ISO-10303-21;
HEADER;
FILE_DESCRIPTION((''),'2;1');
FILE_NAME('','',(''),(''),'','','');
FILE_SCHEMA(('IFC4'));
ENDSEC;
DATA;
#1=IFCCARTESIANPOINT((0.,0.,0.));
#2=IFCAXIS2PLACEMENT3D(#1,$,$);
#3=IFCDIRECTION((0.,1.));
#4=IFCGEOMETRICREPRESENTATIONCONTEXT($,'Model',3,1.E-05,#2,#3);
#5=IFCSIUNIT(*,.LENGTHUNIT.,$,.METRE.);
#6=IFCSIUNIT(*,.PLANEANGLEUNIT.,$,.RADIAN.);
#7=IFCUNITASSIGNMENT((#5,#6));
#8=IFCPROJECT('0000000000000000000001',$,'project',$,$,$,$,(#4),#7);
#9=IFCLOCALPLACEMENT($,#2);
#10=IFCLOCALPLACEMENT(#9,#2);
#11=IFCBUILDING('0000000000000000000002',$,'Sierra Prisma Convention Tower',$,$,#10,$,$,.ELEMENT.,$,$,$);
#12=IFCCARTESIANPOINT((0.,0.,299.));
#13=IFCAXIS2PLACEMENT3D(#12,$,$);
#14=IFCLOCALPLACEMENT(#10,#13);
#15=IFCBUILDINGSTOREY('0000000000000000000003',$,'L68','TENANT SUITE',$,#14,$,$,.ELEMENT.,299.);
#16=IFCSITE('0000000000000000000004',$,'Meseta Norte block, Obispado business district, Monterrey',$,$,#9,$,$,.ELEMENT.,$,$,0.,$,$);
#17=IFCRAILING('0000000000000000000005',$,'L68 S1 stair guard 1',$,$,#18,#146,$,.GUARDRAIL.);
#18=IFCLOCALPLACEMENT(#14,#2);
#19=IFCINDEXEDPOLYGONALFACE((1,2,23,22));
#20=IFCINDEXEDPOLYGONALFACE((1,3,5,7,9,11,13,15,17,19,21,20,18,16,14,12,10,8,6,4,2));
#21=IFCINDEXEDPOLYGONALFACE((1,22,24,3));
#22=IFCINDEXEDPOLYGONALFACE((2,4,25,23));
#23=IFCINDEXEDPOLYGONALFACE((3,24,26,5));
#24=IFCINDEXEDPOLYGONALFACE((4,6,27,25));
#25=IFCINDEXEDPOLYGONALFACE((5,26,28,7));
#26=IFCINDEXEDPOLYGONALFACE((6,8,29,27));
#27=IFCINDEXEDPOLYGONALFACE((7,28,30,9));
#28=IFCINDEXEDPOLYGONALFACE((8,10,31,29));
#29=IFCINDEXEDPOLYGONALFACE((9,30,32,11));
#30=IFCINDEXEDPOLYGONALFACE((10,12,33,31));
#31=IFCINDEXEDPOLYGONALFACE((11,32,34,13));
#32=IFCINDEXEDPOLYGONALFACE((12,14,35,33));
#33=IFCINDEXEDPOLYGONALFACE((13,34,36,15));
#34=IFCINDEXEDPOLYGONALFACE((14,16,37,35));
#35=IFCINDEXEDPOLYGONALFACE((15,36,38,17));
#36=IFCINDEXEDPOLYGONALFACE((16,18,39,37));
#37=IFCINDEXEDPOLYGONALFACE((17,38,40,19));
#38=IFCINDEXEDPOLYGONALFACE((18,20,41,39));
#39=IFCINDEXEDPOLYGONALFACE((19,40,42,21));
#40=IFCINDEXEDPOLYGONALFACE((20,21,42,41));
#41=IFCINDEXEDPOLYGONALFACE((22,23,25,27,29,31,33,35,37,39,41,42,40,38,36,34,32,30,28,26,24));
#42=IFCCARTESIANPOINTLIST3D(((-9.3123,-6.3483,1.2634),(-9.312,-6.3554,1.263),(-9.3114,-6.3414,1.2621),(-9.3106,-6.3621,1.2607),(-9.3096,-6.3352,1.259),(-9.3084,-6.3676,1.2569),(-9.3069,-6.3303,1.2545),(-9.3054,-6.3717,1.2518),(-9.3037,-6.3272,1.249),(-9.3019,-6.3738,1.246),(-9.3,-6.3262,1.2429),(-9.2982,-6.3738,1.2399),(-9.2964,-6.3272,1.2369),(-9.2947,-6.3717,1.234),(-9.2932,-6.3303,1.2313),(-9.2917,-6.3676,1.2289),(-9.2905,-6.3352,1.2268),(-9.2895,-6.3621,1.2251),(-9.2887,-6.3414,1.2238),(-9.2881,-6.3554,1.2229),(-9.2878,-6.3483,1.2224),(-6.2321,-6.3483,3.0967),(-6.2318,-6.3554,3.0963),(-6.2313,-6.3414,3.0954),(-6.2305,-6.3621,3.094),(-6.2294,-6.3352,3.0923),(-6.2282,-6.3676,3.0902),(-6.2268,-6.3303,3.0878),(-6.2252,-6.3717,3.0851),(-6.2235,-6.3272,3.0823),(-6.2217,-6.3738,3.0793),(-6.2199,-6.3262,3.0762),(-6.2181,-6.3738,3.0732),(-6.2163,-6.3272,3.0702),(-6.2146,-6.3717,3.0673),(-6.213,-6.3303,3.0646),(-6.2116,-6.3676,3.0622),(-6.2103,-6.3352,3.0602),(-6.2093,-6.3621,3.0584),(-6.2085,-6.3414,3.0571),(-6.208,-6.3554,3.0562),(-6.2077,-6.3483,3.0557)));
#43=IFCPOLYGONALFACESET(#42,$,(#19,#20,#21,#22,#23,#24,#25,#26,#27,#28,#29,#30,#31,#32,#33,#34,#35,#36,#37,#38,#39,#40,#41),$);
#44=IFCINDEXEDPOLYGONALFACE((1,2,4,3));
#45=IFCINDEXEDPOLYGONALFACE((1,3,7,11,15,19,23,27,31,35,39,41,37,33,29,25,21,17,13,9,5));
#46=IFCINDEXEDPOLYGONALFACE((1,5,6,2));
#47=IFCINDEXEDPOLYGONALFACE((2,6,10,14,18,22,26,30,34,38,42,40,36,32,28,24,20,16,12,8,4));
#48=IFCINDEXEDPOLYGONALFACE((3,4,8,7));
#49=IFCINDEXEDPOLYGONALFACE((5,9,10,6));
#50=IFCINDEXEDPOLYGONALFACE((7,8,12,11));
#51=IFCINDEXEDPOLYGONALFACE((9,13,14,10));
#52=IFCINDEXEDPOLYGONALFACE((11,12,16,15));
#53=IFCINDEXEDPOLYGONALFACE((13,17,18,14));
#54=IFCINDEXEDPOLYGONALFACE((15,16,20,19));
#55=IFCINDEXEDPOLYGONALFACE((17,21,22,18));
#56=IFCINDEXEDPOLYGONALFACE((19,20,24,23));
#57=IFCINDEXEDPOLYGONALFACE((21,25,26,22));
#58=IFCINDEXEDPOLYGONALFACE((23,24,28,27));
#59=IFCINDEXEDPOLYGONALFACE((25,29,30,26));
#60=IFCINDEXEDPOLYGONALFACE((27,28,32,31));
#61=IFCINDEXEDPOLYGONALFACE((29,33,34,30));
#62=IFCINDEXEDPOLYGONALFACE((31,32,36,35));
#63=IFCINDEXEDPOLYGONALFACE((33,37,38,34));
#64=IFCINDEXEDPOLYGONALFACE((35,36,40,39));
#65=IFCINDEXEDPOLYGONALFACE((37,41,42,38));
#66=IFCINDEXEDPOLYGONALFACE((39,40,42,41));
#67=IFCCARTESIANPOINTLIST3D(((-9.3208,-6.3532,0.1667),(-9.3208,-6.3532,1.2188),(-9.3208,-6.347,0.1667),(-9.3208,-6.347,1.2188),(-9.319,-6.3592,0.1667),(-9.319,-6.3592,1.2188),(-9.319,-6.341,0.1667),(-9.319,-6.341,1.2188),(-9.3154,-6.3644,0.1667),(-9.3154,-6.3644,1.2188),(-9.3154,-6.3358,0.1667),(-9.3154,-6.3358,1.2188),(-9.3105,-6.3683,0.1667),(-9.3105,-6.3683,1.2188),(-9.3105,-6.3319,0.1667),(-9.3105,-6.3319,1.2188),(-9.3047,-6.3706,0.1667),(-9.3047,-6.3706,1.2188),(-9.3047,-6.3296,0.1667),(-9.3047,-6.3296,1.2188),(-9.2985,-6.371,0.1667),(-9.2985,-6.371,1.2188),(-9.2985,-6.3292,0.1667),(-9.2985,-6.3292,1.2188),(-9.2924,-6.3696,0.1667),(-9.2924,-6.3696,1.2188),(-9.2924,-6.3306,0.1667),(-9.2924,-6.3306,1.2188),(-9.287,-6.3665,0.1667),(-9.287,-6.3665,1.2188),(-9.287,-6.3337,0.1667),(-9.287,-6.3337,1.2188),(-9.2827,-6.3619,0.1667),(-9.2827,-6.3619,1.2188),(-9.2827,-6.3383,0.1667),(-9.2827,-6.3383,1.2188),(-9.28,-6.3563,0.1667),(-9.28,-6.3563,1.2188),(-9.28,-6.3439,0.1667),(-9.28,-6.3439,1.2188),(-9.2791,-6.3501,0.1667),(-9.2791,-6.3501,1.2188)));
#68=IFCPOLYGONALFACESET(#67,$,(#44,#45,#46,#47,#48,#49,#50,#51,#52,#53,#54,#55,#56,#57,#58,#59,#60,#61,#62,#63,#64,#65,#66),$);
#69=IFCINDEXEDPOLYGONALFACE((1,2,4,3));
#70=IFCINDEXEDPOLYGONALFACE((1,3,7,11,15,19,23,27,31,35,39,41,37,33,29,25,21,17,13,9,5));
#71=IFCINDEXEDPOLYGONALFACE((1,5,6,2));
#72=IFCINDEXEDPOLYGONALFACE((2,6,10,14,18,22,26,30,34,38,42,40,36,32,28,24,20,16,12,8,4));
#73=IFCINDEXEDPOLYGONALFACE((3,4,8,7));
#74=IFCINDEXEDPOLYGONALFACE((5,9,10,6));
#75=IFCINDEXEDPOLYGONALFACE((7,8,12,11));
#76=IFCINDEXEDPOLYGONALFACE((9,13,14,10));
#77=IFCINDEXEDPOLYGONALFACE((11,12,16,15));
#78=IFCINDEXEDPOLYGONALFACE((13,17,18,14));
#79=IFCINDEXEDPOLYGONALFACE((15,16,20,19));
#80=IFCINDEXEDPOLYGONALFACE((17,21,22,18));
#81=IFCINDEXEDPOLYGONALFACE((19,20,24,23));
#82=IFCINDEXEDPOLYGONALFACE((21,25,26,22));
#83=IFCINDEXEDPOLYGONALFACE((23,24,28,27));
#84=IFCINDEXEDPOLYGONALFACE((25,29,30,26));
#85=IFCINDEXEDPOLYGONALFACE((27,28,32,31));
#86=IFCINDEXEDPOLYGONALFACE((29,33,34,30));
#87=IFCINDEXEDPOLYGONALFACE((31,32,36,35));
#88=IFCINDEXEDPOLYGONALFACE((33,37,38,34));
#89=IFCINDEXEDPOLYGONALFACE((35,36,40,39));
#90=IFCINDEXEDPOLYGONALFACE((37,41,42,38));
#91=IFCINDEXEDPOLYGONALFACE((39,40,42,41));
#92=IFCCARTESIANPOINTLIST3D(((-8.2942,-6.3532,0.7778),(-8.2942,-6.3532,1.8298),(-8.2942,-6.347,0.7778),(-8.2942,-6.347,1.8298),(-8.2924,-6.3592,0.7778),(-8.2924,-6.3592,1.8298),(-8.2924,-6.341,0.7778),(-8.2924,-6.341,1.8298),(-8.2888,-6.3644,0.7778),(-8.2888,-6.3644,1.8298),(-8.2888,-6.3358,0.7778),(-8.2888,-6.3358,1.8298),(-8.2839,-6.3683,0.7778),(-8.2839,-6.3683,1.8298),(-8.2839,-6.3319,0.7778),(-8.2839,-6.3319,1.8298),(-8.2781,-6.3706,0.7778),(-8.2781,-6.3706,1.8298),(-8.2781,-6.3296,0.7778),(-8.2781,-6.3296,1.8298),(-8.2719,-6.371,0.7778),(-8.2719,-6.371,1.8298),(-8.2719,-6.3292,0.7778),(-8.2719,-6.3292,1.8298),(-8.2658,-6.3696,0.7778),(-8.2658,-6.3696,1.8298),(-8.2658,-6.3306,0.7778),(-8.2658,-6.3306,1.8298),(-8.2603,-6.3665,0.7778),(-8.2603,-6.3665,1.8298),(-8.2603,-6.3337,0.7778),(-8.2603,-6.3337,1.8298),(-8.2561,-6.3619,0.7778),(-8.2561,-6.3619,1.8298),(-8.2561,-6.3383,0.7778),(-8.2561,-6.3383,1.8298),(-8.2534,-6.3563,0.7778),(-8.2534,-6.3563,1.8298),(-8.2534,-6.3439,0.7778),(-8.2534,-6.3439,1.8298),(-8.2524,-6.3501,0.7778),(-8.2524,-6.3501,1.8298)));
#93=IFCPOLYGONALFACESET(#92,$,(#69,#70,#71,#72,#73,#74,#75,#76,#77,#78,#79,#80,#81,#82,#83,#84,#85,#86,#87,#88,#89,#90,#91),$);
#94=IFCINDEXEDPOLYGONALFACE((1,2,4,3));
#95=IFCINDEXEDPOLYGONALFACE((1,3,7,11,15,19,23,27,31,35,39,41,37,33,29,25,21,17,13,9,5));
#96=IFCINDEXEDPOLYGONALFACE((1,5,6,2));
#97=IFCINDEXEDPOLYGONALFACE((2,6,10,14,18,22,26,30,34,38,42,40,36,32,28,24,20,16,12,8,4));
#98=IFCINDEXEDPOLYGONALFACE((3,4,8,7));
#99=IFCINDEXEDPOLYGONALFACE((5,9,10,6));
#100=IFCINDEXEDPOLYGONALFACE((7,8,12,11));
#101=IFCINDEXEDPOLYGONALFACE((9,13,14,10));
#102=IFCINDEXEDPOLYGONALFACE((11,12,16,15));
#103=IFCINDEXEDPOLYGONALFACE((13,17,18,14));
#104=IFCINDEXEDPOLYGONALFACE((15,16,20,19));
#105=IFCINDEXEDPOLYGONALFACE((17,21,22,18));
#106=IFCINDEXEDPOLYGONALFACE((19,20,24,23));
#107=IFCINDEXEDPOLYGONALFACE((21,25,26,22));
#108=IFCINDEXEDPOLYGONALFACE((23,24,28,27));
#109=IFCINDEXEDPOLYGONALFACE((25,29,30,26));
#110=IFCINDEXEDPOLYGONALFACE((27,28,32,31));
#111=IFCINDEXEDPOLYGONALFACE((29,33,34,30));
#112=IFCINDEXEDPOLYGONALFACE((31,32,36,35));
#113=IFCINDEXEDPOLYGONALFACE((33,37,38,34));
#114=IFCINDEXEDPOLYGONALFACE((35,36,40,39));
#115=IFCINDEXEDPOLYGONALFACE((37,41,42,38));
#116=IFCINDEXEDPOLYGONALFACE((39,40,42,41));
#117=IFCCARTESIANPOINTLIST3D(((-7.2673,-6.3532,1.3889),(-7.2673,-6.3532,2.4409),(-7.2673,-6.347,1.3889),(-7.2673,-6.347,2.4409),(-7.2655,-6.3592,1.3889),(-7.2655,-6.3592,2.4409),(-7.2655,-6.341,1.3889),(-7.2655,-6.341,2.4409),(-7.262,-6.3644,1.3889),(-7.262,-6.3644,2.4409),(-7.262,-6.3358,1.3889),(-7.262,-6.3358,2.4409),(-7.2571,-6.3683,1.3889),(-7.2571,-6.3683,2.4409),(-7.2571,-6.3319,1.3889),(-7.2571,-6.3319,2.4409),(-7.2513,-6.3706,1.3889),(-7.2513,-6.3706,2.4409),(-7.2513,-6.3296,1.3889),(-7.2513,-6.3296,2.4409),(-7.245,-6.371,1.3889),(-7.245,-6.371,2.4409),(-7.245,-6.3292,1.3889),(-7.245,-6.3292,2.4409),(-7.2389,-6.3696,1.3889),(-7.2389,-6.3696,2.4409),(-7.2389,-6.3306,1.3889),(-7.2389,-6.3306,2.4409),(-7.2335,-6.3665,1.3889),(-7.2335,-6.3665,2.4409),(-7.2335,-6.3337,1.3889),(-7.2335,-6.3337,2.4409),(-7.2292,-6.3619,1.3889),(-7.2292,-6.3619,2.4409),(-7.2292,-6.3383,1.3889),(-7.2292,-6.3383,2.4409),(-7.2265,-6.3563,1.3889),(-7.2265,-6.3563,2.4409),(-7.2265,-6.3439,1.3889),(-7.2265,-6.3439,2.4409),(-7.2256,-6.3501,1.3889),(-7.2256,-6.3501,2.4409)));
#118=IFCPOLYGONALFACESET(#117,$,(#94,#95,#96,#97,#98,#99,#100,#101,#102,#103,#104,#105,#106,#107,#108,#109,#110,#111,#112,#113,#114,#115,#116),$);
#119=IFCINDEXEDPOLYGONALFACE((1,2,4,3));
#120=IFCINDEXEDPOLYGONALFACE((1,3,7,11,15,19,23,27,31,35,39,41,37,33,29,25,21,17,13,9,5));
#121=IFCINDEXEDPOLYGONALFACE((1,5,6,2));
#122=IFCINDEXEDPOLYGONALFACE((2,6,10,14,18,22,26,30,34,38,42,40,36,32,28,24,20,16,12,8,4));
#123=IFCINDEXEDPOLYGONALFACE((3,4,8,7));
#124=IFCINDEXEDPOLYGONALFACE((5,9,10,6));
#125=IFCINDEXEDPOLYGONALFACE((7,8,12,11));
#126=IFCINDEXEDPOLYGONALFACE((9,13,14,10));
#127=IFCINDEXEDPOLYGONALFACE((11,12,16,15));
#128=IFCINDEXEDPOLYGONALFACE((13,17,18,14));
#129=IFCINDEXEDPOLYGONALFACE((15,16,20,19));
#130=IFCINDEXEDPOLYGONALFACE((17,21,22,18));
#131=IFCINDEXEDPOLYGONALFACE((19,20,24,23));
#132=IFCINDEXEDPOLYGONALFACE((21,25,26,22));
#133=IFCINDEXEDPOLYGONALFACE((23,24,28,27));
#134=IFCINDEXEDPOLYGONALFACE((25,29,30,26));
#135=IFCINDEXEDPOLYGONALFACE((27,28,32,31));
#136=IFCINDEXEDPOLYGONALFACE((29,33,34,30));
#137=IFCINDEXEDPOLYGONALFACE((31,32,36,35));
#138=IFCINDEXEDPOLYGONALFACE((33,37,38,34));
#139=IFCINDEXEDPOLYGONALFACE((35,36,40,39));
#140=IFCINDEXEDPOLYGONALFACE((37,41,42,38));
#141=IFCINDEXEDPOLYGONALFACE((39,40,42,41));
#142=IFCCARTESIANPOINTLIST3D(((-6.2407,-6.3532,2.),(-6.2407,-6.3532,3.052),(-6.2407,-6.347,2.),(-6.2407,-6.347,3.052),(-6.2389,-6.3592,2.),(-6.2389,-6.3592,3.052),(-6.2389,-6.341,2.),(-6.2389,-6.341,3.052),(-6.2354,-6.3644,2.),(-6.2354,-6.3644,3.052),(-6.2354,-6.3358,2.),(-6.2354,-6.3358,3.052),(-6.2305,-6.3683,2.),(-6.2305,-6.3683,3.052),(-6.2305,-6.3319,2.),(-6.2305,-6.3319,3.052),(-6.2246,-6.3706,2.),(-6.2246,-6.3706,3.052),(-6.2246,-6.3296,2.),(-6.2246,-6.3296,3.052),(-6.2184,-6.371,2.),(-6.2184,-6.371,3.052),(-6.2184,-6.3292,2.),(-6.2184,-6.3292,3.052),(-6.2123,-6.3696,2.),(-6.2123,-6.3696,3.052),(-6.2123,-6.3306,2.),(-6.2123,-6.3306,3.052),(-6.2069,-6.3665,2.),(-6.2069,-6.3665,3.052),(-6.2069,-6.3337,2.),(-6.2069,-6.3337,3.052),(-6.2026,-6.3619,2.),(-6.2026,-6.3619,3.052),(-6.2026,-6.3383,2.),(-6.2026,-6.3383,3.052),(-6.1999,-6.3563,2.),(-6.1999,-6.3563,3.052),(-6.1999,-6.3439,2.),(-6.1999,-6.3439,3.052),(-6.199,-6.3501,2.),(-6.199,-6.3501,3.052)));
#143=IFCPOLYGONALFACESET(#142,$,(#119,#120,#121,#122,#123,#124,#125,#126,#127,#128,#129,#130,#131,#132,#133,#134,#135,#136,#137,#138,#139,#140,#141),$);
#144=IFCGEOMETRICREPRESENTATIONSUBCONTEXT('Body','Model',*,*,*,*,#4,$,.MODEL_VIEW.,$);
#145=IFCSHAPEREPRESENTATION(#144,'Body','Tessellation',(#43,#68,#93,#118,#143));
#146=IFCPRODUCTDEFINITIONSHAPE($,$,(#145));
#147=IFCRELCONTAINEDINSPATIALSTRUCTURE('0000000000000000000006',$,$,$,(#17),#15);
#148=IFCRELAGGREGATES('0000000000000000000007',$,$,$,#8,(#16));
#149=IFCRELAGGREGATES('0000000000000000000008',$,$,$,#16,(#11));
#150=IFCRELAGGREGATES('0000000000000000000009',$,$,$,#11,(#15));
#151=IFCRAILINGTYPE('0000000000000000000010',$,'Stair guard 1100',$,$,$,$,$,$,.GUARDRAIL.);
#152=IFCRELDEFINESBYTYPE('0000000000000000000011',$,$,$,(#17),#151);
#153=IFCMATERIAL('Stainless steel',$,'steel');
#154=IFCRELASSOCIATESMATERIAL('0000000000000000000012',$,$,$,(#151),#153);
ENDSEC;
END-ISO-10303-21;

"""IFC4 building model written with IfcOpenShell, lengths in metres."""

from ifc_helpers import new_model, si_unit, direction, frame, origin, origin_2d, place, context, subcontext, project, spatial, circle, extrude, material, type_object, element, save


model = new_model("IFC4")

# Units and contexts
model_context = context("Model", 3, precision=1e-05, world=origin(), true_north=direction((0.0, 1.0)))
body_context = subcontext(model_context, "Body", "Model", "MODEL_VIEW")
ifc_project = project(units=[si_unit("LENGTHUNIT", "METRE"), si_unit("PLANEANGLEUNIT", "RADIAN")], contexts=[model_context])

# Site, building, storey
site_placement = place(None, origin())
site = spatial("IfcSite", under=ifc_project, at=site_placement, Name="Meseta Norte block, Obispado business district, Monterrey", CompositionType="ELEMENT", RefElevation=0.0)
building_placement = place(site_placement, origin())
building = spatial("IfcBuilding", under=site, at=building_placement, Name="Sierra Prisma Convention Tower", CompositionType="ELEMENT")
storey_placement = place(building_placement, frame((0.0, 0.0, 299.0)))
storey = spatial("IfcBuildingStorey", under=building, at=storey_placement, Name="L68", Description="TENANT SUITE", CompositionType="ELEMENT", Elevation=299.0)

# Railing
ifc_material_1 = material(Name="Stainless steel", Category="steel")
railing_type_1 = type_object("IfcRailingType", Name="Stair guard 1100", PredefinedType="GUARDRAIL", material=ifc_material_1)
railing_1_placement = place(storey_placement, frame((-9.3, -6.3501, 0.1667)))
element("IfcRailing", 1, at=railing_1_placement, inside=storey, type_object=railing_type_1, Name="L68 S1 stair guard 1", PredefinedType="GUARDRAIL", context=body_context, shape_type="SweptSolid", body=[
    extrude(circle(Radius=0.0239, at=origin_2d()), frame((0.0, 0.0, 1.0762), z_axis=(0.859309, 0.0, 0.511458), x_axis=(0.0, 1.0, 0.0)), (0.0, 0.0, 1.0), 3.5845),
    extrude(circle(Radius=0.021, at=origin_2d()), origin(), (0.0, 0.0, 1.0), 1.052),
    extrude(circle(Radius=0.021, at=origin_2d()), frame((1.0266, 0.0, 0.6111)), (0.0, 0.0, 1.0), 1.052),
    extrude(circle(Radius=0.021, at=origin_2d()), frame((2.0535, 0.0, 1.2222)), (0.0, 0.0, 1.0), 1.052),
    extrude(circle(Radius=0.021, at=origin_2d()), frame((3.0801, 0.0, 1.8333)), (0.0, 0.0, 1.0), 1.052),
])

save(model, "model.ifc")
